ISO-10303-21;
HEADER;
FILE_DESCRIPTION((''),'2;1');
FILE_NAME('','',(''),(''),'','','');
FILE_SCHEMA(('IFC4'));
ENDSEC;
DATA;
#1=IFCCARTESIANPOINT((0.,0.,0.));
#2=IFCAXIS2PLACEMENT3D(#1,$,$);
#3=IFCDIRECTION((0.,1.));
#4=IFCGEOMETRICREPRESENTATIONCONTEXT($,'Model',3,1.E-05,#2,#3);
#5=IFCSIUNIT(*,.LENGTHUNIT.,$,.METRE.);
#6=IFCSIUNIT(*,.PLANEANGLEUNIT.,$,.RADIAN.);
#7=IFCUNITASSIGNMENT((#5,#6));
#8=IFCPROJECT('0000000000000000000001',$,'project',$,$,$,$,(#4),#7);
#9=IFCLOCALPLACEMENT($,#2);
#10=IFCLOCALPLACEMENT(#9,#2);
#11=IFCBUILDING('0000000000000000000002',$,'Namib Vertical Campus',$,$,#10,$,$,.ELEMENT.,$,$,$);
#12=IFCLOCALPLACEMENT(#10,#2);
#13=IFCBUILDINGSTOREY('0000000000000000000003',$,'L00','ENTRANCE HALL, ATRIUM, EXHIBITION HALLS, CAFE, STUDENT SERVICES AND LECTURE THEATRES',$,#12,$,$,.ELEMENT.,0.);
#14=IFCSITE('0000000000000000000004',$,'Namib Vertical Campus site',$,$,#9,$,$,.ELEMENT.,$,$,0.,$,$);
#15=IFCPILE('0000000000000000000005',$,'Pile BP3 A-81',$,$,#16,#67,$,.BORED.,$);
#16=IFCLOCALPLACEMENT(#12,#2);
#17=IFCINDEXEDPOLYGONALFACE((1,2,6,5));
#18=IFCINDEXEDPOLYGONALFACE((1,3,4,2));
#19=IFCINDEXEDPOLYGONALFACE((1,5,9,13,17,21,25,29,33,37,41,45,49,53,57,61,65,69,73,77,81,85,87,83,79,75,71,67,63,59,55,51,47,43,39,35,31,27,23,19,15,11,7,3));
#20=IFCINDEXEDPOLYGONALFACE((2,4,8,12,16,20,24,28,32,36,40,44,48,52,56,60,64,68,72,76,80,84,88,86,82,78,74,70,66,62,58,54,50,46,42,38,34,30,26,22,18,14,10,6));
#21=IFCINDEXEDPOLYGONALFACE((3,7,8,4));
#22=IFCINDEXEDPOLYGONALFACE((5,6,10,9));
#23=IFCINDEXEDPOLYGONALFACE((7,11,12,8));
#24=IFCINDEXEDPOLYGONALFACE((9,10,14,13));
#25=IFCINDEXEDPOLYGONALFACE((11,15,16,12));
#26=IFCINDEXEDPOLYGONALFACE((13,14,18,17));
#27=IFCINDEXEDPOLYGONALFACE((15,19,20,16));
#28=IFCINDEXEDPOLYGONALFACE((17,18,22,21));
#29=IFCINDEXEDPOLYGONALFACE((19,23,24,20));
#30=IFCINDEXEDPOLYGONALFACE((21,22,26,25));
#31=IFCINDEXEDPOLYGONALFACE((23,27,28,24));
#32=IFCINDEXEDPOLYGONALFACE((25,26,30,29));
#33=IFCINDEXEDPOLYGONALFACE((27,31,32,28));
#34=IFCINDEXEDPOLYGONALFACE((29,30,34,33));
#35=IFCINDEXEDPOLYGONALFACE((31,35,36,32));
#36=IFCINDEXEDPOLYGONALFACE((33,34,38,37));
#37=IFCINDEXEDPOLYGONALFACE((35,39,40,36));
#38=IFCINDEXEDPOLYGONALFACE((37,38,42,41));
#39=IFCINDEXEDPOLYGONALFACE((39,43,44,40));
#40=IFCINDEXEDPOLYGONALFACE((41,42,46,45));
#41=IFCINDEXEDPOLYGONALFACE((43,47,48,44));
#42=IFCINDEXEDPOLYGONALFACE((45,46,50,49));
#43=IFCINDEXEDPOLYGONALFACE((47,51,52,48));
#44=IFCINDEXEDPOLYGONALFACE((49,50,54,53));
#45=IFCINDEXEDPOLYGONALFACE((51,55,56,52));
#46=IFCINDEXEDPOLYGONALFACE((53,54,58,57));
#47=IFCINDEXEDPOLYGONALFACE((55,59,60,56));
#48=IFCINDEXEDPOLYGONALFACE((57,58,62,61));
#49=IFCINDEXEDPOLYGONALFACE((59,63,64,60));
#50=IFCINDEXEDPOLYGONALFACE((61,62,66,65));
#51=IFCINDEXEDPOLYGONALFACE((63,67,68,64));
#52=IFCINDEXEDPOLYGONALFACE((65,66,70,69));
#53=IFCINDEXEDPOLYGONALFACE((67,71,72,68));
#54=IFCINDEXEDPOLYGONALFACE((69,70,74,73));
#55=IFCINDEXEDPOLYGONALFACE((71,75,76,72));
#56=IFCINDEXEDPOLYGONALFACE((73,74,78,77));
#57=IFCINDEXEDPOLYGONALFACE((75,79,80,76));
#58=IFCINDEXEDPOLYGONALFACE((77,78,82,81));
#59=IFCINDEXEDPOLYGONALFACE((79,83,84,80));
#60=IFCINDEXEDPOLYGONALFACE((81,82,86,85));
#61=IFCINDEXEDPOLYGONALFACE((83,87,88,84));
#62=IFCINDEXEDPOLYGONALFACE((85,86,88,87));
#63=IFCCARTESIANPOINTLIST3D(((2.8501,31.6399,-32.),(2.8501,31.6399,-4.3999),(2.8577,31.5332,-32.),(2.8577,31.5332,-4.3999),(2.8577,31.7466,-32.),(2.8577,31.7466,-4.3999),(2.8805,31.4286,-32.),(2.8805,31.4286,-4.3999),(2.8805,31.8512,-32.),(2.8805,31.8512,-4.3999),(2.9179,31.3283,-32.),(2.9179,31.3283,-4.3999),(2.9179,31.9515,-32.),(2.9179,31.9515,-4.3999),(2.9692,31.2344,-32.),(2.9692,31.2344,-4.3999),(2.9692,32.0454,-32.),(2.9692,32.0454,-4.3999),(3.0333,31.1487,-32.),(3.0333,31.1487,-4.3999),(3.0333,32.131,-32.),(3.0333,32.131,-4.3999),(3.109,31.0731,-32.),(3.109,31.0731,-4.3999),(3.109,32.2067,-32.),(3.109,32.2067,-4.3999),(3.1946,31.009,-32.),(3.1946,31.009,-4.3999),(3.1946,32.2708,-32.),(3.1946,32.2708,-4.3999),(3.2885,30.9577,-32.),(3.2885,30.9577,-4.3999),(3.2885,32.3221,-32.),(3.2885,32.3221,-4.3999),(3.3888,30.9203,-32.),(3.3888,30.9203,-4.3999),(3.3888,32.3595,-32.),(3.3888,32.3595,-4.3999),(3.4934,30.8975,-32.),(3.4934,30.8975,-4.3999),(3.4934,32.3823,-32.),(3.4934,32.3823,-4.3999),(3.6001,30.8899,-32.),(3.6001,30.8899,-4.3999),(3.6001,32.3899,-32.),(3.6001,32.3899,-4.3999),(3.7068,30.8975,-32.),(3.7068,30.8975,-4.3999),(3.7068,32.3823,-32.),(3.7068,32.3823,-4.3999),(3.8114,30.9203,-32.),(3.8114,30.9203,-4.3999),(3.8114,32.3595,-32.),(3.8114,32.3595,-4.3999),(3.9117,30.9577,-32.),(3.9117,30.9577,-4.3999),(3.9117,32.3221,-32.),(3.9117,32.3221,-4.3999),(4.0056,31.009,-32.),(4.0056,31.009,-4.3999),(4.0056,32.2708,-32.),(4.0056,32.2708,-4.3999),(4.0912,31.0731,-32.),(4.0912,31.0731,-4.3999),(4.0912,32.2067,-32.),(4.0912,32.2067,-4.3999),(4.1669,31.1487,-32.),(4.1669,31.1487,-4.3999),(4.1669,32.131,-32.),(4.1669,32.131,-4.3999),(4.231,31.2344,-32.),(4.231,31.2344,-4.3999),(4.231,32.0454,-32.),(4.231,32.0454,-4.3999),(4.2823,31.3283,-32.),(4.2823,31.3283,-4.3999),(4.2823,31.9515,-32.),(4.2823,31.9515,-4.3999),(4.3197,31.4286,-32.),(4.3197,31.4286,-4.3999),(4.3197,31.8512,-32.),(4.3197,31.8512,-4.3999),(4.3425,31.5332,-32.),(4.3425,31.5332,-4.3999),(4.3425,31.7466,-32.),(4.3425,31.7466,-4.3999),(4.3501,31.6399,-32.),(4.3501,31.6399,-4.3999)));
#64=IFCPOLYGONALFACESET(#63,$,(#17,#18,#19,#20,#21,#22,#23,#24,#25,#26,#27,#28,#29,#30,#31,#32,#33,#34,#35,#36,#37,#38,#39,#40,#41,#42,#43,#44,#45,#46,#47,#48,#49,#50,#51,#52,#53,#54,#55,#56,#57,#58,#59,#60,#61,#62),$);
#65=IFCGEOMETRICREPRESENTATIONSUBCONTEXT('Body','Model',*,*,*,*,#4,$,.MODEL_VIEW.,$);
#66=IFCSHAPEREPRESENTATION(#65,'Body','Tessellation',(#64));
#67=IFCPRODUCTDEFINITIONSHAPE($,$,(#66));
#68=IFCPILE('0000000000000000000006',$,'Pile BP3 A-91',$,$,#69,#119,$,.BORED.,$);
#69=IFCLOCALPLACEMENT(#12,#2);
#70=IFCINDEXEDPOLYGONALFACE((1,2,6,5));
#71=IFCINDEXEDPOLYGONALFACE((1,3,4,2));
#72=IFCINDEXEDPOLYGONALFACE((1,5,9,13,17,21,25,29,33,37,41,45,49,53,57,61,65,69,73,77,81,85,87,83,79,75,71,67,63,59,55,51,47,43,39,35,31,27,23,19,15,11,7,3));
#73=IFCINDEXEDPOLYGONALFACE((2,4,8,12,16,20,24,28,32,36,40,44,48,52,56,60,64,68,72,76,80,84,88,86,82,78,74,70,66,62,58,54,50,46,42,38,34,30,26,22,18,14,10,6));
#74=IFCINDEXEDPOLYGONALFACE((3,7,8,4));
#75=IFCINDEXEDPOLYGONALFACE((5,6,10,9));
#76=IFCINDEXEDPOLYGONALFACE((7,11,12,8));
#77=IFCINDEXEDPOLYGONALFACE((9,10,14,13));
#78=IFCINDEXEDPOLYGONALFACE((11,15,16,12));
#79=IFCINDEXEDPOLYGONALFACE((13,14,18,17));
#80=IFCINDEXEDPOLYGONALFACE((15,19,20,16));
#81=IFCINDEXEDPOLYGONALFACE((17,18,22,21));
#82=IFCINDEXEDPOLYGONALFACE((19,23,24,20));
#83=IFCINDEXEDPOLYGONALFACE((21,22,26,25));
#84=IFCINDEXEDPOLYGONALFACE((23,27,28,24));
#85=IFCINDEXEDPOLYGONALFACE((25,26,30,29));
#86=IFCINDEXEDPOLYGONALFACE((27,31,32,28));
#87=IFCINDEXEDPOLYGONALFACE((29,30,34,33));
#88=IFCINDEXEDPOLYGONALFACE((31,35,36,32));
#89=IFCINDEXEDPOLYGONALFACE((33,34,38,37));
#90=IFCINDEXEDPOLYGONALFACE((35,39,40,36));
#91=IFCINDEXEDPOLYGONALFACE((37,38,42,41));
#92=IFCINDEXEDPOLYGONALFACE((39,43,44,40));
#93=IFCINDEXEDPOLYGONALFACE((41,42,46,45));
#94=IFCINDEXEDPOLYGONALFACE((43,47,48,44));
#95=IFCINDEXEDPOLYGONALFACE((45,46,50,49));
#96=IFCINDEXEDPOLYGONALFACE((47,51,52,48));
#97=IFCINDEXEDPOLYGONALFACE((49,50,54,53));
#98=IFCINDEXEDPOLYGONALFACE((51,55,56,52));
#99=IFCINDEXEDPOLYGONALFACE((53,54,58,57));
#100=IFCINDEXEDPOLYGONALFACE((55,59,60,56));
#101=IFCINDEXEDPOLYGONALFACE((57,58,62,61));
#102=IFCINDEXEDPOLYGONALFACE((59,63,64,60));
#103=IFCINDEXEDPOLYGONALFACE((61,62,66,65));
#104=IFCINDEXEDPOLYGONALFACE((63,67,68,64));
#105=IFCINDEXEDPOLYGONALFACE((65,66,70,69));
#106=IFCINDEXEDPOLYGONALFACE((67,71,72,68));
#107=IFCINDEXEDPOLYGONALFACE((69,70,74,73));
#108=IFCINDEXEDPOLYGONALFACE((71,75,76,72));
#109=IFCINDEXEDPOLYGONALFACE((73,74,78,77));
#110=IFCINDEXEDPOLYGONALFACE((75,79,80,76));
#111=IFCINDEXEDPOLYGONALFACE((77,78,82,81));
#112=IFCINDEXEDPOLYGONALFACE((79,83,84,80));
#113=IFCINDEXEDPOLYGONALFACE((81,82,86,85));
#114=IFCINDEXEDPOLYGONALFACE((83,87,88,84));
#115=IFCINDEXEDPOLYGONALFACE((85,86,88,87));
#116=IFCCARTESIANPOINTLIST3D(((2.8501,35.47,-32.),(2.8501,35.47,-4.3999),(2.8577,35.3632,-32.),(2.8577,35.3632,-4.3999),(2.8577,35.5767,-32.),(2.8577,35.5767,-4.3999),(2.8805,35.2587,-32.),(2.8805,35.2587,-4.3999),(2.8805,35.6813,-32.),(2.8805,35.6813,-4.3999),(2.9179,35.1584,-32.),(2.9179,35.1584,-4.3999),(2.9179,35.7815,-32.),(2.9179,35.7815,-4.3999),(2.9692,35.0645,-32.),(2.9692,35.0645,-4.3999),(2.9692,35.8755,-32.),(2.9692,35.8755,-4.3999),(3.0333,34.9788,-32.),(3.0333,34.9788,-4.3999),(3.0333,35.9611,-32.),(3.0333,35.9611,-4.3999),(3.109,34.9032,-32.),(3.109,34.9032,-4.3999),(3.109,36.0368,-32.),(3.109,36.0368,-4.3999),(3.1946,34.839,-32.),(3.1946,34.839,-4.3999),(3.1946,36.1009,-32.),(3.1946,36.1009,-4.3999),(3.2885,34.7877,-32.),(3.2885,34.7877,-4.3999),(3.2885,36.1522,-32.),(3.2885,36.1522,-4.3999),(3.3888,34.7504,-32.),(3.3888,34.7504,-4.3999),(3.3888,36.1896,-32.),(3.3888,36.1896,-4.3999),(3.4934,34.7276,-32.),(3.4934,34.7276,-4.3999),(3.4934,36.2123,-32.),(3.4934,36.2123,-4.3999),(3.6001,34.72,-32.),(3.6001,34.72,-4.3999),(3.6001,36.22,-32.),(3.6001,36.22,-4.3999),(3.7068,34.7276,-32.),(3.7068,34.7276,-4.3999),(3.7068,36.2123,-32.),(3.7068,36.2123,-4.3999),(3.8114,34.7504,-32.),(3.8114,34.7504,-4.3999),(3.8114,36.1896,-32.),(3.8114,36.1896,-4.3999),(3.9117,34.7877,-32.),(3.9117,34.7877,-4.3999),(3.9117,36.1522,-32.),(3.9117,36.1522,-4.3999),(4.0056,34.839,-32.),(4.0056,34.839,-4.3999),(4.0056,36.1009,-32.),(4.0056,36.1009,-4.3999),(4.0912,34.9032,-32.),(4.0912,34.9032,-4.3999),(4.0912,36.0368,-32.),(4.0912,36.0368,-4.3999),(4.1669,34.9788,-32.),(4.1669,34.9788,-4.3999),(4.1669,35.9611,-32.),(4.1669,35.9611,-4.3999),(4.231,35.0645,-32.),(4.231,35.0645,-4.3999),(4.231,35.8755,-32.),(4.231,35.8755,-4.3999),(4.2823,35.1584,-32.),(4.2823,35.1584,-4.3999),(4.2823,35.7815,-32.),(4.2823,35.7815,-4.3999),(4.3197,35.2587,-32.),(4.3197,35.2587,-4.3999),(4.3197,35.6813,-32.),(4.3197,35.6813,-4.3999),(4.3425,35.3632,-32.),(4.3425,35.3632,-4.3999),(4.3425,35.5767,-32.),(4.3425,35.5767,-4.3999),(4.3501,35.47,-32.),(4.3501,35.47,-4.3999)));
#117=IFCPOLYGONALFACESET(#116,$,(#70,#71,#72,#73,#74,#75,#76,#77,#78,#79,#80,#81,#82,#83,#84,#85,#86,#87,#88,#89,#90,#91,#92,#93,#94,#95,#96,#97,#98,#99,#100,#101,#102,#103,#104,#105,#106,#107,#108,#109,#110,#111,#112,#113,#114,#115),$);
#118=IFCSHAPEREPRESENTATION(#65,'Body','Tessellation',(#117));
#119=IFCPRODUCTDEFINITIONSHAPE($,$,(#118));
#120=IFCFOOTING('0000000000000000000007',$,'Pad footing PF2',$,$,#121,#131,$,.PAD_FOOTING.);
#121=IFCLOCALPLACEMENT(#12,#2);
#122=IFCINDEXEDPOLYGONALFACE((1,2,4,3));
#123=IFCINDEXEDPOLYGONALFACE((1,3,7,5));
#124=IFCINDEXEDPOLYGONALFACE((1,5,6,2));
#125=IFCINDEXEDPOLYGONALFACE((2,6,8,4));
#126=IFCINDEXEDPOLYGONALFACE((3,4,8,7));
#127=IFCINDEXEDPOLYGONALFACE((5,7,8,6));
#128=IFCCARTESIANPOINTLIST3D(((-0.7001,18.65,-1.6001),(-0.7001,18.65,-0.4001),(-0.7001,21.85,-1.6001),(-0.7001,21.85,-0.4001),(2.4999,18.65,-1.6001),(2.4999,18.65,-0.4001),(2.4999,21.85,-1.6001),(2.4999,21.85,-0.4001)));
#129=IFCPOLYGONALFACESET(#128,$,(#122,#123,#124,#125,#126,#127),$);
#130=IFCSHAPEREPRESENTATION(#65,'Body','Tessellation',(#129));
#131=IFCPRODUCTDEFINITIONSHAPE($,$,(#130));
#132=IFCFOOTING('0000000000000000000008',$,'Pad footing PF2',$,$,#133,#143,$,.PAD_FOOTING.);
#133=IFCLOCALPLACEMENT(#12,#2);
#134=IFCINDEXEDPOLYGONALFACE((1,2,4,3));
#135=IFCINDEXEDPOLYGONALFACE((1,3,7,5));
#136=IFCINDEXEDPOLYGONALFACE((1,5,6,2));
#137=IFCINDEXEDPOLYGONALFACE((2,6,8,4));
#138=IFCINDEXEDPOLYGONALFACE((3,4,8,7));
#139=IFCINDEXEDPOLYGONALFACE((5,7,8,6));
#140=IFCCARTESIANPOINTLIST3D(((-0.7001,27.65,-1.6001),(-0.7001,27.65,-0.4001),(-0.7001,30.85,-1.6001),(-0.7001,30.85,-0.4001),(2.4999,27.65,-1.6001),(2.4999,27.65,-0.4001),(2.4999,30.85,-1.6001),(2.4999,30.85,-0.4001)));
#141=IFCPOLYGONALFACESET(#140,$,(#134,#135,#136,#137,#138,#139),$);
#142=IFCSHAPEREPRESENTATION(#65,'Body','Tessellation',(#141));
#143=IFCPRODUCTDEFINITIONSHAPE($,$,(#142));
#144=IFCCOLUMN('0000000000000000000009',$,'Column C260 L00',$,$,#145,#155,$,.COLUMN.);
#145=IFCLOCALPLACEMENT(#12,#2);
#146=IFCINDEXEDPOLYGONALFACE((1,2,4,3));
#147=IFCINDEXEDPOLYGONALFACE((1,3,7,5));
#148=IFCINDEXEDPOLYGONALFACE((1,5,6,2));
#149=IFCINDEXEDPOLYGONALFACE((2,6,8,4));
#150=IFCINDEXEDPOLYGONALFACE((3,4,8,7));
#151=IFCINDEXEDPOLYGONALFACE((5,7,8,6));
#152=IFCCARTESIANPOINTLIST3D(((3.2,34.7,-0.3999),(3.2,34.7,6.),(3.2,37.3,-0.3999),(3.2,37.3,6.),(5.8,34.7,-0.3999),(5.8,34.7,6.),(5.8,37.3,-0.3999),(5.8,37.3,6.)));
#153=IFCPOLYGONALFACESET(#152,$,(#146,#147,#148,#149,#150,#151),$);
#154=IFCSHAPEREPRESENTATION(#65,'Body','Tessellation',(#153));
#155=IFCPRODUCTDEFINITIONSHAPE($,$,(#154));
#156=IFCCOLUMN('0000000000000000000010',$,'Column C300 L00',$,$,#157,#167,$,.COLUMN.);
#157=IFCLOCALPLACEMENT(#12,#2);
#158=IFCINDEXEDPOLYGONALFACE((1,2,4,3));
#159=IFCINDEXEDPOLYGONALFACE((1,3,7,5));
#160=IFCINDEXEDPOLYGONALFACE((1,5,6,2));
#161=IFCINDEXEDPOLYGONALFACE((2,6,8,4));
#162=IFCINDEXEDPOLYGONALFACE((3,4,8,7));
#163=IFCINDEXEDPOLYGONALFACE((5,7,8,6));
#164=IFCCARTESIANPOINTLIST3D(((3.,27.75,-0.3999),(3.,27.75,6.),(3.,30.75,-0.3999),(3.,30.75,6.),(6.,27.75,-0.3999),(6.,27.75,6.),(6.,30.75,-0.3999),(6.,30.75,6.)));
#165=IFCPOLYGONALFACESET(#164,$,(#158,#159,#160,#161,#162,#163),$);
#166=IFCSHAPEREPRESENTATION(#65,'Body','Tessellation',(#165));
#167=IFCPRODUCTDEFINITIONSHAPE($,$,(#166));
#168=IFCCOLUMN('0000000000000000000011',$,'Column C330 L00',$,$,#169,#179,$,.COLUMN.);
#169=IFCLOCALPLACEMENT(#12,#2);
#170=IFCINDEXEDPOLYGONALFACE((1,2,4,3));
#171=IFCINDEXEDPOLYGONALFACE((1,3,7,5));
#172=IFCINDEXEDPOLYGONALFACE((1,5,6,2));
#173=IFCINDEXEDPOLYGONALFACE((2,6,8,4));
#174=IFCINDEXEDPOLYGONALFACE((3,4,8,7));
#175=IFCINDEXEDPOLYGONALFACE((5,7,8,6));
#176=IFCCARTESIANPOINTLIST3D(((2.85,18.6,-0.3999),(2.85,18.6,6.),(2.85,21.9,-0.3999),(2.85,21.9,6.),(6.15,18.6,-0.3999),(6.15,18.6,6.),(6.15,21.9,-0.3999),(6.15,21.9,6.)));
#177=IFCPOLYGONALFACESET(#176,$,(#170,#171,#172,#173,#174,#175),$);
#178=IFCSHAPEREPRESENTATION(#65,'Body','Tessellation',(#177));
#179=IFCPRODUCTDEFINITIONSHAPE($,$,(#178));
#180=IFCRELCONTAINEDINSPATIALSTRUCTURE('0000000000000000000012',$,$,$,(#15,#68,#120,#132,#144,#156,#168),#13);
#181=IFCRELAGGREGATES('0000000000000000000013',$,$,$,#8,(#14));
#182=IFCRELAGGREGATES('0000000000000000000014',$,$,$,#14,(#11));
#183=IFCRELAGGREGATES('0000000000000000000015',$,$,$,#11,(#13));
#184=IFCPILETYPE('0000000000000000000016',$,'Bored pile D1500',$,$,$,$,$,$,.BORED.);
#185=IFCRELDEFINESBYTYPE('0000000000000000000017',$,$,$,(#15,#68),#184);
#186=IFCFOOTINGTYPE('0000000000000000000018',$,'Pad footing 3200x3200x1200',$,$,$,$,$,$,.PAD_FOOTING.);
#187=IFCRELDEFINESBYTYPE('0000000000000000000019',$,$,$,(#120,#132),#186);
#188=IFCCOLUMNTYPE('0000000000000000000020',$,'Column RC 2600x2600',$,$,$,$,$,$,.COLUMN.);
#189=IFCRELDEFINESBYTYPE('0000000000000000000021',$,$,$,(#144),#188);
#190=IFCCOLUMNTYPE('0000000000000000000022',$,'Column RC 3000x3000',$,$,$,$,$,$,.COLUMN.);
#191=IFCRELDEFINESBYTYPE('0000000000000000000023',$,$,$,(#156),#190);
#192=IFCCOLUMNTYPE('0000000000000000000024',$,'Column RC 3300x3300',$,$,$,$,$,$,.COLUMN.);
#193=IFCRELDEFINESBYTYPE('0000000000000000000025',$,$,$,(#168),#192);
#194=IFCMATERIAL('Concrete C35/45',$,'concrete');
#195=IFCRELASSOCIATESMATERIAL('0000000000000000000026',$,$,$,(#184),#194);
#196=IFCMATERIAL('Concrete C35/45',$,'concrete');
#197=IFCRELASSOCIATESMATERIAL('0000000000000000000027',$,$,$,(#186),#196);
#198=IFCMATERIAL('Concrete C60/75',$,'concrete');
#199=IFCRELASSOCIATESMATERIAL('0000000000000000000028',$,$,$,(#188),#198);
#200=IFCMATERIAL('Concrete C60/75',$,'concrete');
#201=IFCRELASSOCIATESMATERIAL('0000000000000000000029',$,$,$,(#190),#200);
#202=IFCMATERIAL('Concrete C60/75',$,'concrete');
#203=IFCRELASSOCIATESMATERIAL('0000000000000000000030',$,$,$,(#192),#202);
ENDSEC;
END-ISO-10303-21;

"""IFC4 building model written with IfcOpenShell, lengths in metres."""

from ifc_helpers import new_model, si_unit, direction, frame, origin, origin_2d, place, context, subcontext, project, spatial, rectangle, circle, extrude, material, material_profile, profile_set, type_object, element, save


model = new_model("IFC4")

# Units and contexts
model_context = context("Model", 3, precision=1e-05, world=origin(), true_north=direction((0.0, 1.0)))
body_context = subcontext(model_context, "Body", "Model", "MODEL_VIEW")
ifc_project = project(units=[si_unit("LENGTHUNIT", "METRE"), si_unit("PLANEANGLEUNIT", "RADIAN")], contexts=[model_context])

# Site, building, storey
site_placement = place(None, origin())
site = spatial("IfcSite", under=ifc_project, at=site_placement, Name="Namib Vertical Campus site", CompositionType="ELEMENT", RefElevation=0.0)
building_placement = place(site_placement, origin())
building = spatial("IfcBuilding", under=site, at=building_placement, Name="Namib Vertical Campus", CompositionType="ELEMENT")
storey_placement = place(building_placement, origin())
storey = spatial("IfcBuildingStorey", under=building, at=storey_placement, Name="L00", Description="ENTRANCE HALL, ATRIUM, EXHIBITION HALLS, CAFE, STUDENT SERVICES AND LECTURE THEATRES", CompositionType="ELEMENT", Elevation=0.0)

# Piles
ifc_material_1 = material(Name="Concrete C35/45", Category="concrete")
ifc_material_profile_1 = material_profile(ifc_material_1, circle(Radius=0.75, at=origin_2d()))
ifc_profile_set_1 = profile_set([ifc_material_profile_1], Name="Concrete C35/45")
pile_type = type_object("IfcPileType", Name="Bored pile D1500", PredefinedType="BORED", material=ifc_profile_set_1)
for number, where, z_axis, x_axis, name in (
    (1, (3.6001, 31.6399, -4.3999), (0.0, 0.0, -1.0), (1.0, 0.0, 0.0), "Pile BP3 A-81"),
    (2, (3.6001, 35.47, -4.3999), (0.0, 0.0, -1.0), (1.0, 0.0, 0.0), "Pile BP3 A-91"),
):
    element("IfcPile", number, at=place(storey_placement, frame(where, z_axis=z_axis, x_axis=x_axis)), inside=storey, type_object=pile_type, Name=name, PredefinedType="BORED", context=body_context, shape_type="SweptSolid", body=[
        extrude(circle(Radius=0.75, at=origin_2d()), origin(), (0.0, 0.0, 1.0), 27.6001),
    ])

# Footings
ifc_material_2 = material(Name="Concrete C35/45", Category="concrete")
footing_type = type_object("IfcFootingType", Name="Pad footing 3200x3200x1200", PredefinedType="PAD_FOOTING", material=ifc_material_2)
for number, where, z_axis, x_axis, name in (
    (3, (0.8999, 20.25, -1.6001), (0.0, 0.0, 1.0), (1.0, 0.0, 0.0), "Pad footing PF2"),
    (4, (0.8999, 29.25, -1.6001), (0.0, 0.0, 1.0), (1.0, 0.0, 0.0), "Pad footing PF2"),
):
    element("IfcFooting", number, at=place(storey_placement, frame(where, z_axis=z_axis, x_axis=x_axis)), inside=storey, type_object=footing_type, Name=name, PredefinedType="PAD_FOOTING", context=body_context, shape_type="SweptSolid", body=[
        extrude(rectangle(XDim=3.2, YDim=3.2, at=origin_2d()), origin(), (0.0, 0.0, 1.0), 1.2),
    ])

# Columns
ifc_material_3 = material(Name="Concrete C60/75", Category="concrete")
ifc_material_profile_2 = material_profile(ifc_material_3, rectangle(XDim=2.6001, YDim=2.6001, at=origin_2d()))
ifc_profile_set_2 = profile_set([ifc_material_profile_2], Name="Concrete C60/75")
column_type_1 = type_object("IfcColumnType", Name="Column RC 2600x2600", PredefinedType="COLUMN", material=ifc_profile_set_2)
column_1_placement = place(storey_placement, frame((4.5, 36.0, -0.3999), z_axis=(0.0, 0.0, 1.0), x_axis=(1.0, 0.0, 0.0)))
element("IfcColumn", 5, at=column_1_placement, inside=storey, type_object=column_type_1, Name="Column C260 L00", PredefinedType="COLUMN", context=body_context, shape_type="SweptSolid", body=[
    extrude(rectangle(XDim=2.6001, YDim=2.6001, at=origin_2d()), origin(), (0.0, 0.0, 1.0), 6.3999),
])
ifc_material_4 = material(Name="Concrete C60/75", Category="concrete")
ifc_material_profile_3 = material_profile(ifc_material_4, rectangle(XDim=3.0, YDim=3.0, at=origin_2d()))
ifc_profile_set_3 = profile_set([ifc_material_profile_3], Name="Concrete C60/75")
column_type_2 = type_object("IfcColumnType", Name="Column RC 3000x3000", PredefinedType="COLUMN", material=ifc_profile_set_3)
column_2_placement = place(storey_placement, frame((4.5, 29.25, -0.3999), z_axis=(0.0, 0.0, 1.0), x_axis=(1.0, 0.0, 0.0)))
element("IfcColumn", 6, at=column_2_placement, inside=storey, type_object=column_type_2, Name="Column C300 L00", PredefinedType="COLUMN", context=body_context, shape_type="SweptSolid", body=[
    extrude(rectangle(XDim=3.0, YDim=3.0, at=origin_2d()), origin(), (0.0, 0.0, 1.0), 6.3999),
])
ifc_material_5 = material(Name="Concrete C60/75", Category="concrete")
ifc_material_profile_4 = material_profile(ifc_material_5, rectangle(XDim=3.3, YDim=3.3, at=origin_2d()))
ifc_profile_set_4 = profile_set([ifc_material_profile_4], Name="Concrete C60/75")
column_type_3 = type_object("IfcColumnType", Name="Column RC 3300x3300", PredefinedType="COLUMN", material=ifc_profile_set_4)
column_3_placement = place(storey_placement, frame((4.5, 20.25, -0.3999), z_axis=(0.0, 0.0, 1.0), x_axis=(1.0, 0.0, 0.0)))
element("IfcColumn", 7, at=column_3_placement, inside=storey, type_object=column_type_3, Name="Column C330 L00", PredefinedType="COLUMN", context=body_context, shape_type="SweptSolid", body=[
    extrude(rectangle(XDim=3.3, YDim=3.3, at=origin_2d()), origin(), (0.0, 0.0, 1.0), 6.3999),
])

save(model, "model.ifc")
